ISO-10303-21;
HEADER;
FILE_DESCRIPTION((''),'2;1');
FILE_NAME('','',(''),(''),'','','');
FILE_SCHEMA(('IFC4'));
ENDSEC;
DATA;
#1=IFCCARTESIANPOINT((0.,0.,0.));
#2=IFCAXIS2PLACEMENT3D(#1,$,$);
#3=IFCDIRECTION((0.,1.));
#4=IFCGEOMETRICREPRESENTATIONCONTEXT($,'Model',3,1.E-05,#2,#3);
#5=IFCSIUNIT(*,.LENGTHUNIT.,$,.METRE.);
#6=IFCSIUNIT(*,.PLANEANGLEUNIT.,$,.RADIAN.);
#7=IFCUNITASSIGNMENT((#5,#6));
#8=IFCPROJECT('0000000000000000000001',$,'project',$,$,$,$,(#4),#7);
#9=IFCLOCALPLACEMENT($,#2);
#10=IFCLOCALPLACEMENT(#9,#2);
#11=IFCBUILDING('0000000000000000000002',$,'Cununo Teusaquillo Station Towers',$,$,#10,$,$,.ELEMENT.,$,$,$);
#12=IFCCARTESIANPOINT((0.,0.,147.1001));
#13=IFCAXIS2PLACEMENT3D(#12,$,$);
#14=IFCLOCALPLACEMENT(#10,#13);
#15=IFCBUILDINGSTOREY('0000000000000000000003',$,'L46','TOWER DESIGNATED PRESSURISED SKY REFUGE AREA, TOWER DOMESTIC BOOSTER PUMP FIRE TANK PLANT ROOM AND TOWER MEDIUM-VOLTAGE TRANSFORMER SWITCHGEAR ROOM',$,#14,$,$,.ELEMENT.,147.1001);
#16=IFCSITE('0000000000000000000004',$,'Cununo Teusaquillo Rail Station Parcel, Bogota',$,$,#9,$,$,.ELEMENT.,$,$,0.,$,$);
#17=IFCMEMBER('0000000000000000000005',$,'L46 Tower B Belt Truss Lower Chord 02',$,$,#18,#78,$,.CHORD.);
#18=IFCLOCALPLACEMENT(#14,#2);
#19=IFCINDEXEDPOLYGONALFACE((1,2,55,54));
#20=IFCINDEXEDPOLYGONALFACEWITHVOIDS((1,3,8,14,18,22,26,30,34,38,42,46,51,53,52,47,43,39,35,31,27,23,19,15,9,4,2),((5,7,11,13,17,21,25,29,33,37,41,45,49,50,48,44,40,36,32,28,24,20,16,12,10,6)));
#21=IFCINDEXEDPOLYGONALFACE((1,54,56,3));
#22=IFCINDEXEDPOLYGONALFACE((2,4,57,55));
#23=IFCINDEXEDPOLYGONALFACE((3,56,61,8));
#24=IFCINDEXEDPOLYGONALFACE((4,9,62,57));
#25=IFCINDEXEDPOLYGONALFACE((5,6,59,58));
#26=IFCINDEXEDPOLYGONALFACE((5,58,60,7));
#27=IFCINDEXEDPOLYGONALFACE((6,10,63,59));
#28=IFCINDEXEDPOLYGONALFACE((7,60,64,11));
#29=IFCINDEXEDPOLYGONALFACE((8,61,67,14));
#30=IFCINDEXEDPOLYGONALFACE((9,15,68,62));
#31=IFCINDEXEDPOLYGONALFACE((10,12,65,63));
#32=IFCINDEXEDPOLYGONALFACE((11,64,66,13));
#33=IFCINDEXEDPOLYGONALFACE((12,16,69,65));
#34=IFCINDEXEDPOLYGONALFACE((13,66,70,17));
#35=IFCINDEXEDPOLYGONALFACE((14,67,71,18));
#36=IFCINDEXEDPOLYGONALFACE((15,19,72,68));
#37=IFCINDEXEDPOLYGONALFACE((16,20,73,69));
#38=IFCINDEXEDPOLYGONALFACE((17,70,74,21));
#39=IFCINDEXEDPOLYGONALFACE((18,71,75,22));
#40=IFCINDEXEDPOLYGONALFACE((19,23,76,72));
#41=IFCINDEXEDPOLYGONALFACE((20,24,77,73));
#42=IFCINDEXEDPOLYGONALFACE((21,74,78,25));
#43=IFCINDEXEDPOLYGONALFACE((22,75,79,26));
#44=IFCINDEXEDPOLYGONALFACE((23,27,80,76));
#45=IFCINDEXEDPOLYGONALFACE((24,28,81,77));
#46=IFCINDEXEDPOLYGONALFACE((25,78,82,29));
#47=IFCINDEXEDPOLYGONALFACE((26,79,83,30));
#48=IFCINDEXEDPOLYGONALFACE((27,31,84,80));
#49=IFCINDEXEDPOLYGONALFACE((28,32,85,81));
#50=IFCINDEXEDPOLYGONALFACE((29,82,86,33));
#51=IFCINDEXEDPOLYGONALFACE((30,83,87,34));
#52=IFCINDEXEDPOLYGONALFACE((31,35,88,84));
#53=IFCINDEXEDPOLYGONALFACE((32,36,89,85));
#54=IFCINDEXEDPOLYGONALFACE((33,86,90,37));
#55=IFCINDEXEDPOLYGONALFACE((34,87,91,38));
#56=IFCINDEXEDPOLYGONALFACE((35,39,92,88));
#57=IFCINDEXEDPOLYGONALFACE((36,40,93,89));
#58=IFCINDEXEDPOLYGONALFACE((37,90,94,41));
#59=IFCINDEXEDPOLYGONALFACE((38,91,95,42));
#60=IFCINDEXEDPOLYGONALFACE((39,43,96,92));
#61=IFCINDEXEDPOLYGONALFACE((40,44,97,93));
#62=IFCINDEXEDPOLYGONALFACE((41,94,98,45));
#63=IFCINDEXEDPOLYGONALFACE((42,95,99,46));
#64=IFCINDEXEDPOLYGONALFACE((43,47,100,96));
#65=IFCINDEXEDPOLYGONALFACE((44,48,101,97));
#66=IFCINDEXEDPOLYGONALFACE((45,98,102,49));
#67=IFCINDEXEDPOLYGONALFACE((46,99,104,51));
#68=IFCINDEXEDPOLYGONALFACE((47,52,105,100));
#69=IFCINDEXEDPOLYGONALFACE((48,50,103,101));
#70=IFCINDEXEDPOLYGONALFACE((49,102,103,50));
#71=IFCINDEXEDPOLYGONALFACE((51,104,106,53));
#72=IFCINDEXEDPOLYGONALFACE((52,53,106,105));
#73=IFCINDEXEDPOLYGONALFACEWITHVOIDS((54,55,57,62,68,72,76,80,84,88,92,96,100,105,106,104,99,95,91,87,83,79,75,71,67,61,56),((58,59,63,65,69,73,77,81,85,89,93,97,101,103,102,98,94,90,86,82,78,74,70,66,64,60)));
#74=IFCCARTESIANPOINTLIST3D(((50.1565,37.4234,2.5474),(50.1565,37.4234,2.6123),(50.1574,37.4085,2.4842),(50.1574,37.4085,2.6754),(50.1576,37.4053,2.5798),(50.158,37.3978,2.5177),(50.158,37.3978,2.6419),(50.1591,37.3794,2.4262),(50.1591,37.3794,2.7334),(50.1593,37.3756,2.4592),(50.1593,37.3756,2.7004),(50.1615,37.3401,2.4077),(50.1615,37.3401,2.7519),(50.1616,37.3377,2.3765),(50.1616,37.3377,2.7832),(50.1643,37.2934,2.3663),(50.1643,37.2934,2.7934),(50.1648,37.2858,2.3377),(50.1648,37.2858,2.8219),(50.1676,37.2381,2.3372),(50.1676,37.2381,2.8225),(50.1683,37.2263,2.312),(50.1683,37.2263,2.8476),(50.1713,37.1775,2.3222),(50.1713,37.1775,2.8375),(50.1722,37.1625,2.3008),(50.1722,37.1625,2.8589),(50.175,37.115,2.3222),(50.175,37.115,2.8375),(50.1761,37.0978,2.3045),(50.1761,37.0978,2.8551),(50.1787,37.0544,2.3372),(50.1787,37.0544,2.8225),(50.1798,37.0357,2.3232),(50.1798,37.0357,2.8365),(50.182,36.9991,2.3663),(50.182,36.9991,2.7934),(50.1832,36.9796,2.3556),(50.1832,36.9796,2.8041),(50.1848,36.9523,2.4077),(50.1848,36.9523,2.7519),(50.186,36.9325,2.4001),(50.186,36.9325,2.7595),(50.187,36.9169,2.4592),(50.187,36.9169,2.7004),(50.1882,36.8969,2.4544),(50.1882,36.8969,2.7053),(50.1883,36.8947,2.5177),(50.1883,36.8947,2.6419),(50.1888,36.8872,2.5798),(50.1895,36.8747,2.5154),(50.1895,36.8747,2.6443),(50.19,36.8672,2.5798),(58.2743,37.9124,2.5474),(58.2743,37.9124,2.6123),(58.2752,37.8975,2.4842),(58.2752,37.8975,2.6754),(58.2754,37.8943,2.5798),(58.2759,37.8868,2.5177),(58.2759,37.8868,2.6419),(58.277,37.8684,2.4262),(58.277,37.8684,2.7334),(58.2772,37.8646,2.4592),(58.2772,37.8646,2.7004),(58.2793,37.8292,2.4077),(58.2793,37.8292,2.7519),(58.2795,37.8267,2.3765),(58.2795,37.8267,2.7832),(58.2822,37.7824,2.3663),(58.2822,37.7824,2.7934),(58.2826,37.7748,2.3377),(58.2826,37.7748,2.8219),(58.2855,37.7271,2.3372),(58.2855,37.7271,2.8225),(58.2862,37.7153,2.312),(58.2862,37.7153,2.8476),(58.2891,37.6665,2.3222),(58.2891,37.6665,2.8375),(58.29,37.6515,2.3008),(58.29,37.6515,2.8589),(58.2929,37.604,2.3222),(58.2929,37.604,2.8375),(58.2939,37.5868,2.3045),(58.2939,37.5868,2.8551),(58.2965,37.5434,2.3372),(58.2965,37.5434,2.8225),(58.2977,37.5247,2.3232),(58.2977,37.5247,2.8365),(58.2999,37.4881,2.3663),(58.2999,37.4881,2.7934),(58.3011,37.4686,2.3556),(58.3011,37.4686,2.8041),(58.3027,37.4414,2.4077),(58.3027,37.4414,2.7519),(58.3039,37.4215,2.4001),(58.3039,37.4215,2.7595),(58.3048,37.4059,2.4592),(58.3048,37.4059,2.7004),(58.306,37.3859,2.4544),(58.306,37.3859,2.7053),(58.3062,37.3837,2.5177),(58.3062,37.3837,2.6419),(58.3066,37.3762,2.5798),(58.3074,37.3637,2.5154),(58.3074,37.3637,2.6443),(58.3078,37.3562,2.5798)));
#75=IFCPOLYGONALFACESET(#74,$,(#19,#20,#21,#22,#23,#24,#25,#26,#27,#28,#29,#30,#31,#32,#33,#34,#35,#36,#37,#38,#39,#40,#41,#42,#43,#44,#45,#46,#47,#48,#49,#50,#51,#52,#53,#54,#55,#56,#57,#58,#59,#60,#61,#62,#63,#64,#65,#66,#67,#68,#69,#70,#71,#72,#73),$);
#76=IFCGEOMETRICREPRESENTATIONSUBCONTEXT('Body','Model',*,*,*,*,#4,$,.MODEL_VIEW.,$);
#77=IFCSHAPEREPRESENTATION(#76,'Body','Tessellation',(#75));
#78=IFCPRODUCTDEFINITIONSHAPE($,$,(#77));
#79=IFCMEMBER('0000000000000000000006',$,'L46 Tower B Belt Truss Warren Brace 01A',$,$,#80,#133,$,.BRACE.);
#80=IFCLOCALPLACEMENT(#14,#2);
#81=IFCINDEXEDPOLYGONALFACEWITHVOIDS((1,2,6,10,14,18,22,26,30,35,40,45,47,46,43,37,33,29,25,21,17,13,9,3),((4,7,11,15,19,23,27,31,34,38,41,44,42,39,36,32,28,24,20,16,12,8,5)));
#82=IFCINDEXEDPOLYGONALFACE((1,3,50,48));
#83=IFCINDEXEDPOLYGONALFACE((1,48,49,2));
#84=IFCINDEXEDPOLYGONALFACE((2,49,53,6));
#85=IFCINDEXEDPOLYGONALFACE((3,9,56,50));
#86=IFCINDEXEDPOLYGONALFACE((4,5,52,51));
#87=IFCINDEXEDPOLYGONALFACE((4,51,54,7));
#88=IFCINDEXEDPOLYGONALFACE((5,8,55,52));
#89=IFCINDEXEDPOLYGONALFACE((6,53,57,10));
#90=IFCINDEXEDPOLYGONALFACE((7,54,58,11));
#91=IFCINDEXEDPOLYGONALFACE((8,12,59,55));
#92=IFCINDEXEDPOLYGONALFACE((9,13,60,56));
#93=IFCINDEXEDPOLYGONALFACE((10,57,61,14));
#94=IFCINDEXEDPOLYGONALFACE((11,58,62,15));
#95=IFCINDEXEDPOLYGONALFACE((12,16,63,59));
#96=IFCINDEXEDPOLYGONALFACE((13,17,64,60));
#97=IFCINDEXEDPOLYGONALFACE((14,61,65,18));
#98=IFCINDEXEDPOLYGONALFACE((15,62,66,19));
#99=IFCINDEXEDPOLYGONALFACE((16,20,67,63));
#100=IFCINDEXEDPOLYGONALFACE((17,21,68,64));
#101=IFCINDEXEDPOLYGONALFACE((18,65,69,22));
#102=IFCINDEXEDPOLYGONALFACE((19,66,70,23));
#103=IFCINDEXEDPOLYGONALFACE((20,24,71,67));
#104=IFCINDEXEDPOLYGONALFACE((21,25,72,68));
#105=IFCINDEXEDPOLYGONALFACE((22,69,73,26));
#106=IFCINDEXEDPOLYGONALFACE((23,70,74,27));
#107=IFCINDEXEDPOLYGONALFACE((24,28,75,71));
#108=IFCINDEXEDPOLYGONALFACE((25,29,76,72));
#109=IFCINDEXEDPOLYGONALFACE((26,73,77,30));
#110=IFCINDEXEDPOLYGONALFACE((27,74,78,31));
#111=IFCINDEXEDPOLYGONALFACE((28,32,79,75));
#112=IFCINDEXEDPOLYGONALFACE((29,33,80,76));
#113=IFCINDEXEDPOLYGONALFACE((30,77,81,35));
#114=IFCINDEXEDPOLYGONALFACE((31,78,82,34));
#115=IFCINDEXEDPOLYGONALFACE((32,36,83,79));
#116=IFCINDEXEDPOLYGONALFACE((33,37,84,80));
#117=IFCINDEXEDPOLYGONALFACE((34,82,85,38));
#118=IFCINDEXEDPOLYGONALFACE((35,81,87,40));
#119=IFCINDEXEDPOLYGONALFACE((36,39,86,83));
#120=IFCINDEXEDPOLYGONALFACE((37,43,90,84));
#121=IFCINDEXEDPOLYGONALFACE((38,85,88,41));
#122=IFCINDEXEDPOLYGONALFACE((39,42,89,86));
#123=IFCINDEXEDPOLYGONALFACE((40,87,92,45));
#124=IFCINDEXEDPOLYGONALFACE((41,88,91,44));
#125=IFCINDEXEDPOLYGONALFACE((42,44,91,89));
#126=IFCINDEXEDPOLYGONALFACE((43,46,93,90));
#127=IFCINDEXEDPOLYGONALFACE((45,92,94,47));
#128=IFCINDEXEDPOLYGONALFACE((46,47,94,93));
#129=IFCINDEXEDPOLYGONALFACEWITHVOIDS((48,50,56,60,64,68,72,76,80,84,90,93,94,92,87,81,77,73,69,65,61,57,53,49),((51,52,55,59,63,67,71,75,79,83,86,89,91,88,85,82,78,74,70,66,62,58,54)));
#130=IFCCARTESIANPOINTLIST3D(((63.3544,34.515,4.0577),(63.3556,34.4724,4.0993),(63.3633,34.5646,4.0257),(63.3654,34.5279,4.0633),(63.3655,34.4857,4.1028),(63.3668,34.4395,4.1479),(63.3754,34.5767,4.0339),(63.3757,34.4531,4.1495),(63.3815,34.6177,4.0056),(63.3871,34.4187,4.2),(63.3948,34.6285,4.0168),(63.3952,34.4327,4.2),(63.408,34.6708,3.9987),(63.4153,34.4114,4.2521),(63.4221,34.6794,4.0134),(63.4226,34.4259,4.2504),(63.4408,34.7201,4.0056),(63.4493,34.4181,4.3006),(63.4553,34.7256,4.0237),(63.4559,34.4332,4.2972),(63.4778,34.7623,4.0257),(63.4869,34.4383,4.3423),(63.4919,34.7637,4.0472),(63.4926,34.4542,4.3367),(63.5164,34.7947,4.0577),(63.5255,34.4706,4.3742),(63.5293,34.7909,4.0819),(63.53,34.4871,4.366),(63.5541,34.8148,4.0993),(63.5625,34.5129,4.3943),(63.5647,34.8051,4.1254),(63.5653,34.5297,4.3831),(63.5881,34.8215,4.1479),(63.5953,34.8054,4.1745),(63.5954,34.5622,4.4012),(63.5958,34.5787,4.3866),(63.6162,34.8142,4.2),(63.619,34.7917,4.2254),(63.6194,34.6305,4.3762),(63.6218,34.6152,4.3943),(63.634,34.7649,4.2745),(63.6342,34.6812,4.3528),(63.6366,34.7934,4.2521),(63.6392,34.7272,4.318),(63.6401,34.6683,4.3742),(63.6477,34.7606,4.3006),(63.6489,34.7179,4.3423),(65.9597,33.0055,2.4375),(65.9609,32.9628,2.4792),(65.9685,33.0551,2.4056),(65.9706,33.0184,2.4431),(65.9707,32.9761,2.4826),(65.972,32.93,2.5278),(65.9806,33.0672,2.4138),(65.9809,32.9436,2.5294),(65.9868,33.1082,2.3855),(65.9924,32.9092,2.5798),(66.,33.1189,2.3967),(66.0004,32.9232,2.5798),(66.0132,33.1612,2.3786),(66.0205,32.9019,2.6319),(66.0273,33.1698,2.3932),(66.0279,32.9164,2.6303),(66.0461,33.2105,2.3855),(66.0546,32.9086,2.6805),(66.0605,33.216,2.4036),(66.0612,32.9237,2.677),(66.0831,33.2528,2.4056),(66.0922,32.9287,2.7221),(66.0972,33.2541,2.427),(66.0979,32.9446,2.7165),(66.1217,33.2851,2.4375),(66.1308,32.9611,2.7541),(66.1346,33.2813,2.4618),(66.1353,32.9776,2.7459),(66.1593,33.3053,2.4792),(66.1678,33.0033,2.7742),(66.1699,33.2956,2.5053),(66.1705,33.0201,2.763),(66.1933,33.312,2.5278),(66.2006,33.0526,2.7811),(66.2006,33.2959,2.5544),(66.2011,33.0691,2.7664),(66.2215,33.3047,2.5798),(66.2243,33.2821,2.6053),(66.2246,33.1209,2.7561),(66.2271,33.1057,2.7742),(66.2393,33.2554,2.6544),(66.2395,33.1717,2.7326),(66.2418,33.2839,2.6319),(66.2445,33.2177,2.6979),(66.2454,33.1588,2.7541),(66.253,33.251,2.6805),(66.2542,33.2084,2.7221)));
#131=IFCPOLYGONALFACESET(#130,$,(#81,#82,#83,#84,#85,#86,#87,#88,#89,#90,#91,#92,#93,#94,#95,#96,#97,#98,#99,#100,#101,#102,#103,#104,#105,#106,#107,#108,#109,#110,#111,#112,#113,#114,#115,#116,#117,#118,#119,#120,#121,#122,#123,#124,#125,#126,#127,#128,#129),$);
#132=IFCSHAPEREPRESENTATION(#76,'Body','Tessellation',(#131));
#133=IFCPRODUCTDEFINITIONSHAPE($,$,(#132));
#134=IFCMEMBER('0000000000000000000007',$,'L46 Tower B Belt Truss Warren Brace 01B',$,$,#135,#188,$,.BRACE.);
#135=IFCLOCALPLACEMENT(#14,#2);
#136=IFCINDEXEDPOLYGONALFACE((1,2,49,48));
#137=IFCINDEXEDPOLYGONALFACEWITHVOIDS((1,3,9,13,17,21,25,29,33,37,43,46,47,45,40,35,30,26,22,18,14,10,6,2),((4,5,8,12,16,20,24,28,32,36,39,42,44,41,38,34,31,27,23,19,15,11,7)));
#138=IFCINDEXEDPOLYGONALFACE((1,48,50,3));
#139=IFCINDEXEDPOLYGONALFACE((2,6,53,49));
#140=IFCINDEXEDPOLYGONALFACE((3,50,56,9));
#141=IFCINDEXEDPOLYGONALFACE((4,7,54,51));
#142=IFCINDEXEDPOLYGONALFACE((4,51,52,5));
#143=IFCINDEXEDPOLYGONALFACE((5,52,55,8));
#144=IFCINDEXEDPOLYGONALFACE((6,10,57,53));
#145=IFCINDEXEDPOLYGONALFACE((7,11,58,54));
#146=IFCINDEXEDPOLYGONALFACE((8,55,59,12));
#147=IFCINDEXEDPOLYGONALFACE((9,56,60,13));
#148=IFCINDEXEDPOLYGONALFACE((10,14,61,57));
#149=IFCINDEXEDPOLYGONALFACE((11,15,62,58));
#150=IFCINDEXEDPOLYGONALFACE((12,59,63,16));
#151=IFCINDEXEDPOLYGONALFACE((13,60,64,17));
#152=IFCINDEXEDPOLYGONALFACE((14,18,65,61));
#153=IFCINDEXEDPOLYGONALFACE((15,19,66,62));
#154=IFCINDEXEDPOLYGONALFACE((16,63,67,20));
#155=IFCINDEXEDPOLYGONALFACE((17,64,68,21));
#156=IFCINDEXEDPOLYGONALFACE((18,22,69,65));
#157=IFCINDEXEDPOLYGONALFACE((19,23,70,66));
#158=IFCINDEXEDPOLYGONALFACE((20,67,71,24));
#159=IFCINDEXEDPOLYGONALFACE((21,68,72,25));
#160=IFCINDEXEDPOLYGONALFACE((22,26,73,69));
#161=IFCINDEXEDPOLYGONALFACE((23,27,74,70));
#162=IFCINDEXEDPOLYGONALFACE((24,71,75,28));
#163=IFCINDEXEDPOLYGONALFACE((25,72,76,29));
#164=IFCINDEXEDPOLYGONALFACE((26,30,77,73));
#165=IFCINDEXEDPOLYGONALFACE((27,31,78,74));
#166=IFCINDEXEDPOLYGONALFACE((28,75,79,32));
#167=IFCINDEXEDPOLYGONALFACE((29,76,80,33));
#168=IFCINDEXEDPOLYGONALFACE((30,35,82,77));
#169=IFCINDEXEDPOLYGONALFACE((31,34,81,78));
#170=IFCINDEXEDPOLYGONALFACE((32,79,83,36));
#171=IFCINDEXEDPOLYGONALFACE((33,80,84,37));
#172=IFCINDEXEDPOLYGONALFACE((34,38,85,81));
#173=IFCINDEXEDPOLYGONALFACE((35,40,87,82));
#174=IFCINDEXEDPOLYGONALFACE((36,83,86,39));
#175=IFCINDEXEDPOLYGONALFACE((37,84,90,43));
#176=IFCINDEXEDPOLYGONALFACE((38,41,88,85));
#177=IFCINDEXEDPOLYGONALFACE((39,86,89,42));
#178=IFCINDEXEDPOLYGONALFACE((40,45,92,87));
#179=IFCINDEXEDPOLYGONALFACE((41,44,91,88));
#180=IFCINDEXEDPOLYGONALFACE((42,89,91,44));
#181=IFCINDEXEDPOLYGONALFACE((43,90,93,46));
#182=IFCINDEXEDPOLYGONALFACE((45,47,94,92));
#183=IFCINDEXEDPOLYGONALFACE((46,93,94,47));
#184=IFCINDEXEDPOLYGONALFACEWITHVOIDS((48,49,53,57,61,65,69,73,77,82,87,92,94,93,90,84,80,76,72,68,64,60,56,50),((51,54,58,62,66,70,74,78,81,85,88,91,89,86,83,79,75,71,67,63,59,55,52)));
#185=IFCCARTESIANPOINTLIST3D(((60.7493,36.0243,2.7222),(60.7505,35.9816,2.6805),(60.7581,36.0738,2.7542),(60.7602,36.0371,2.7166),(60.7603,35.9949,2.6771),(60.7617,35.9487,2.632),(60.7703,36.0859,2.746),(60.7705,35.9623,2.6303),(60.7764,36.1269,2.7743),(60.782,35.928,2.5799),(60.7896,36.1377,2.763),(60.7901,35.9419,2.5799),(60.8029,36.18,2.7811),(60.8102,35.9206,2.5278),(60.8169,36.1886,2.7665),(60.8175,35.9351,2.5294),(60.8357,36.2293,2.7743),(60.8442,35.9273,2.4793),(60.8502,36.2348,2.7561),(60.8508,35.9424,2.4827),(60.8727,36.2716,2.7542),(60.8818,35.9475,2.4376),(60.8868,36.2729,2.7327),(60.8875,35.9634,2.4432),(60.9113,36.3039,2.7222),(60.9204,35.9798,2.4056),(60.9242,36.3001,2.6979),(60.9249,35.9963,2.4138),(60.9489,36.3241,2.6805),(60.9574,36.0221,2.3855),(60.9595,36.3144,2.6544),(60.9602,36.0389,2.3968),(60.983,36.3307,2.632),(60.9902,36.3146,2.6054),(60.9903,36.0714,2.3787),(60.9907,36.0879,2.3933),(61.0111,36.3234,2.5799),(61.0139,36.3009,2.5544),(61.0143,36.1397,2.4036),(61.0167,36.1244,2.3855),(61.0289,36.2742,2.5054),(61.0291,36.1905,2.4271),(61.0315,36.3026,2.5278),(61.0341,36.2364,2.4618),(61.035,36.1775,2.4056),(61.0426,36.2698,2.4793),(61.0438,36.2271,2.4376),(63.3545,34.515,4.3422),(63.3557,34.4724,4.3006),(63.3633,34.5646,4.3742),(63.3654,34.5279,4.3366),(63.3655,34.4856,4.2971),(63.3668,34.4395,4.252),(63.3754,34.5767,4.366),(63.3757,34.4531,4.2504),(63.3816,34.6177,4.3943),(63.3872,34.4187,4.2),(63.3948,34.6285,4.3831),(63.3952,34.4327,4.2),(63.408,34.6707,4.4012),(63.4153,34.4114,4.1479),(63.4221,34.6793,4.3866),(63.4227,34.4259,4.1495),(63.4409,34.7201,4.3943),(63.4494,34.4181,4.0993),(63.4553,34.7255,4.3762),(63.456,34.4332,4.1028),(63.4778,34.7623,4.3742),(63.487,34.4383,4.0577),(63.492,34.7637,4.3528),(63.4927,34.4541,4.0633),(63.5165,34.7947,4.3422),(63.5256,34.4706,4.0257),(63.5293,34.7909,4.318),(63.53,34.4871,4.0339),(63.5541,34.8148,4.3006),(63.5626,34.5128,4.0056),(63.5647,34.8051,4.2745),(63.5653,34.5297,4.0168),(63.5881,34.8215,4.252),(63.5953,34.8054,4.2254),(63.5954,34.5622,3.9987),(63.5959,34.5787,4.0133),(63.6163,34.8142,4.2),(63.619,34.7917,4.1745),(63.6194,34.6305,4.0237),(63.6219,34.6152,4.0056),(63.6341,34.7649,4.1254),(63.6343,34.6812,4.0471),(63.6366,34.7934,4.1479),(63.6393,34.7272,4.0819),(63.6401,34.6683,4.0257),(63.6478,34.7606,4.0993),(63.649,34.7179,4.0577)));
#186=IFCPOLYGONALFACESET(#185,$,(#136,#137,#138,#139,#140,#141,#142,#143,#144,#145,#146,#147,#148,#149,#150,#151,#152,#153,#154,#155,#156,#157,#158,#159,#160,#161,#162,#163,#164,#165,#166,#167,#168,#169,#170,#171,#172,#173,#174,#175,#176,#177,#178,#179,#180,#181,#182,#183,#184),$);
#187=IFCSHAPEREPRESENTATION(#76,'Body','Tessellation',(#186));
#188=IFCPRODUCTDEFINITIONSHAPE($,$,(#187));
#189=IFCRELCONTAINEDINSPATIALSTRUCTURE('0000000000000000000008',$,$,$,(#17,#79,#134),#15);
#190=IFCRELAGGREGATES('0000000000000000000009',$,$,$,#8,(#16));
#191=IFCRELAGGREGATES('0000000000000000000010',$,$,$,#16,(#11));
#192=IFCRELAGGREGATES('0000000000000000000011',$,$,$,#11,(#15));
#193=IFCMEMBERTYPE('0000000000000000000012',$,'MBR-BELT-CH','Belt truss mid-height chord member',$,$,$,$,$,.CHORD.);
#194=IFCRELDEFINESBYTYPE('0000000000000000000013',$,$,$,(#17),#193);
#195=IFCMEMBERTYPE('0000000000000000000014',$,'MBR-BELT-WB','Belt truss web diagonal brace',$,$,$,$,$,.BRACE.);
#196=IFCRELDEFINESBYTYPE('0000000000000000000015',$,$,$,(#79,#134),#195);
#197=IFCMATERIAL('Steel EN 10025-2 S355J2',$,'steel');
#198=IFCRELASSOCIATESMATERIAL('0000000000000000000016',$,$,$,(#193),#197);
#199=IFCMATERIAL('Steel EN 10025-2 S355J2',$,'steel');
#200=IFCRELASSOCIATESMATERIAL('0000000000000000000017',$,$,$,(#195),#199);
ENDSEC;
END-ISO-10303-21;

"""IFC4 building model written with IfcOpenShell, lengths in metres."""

from ifc_helpers import new_model, si_unit, direction, frame, origin, origin_2d, place, context, subcontext, project, spatial, hollow_circle, extrude, material, material_profile, profile_set, type_object, element, save


model = new_model("IFC4")

# Units and contexts
model_context = context("Model", 3, precision=1e-05, world=origin(), true_north=direction((0.0, 1.0)))
body_context = subcontext(model_context, "Body", "Model", "MODEL_VIEW")
ifc_project = project(units=[si_unit("LENGTHUNIT", "METRE"), si_unit("PLANEANGLEUNIT", "RADIAN")], contexts=[model_context])

# Site, building, storey
site_placement = place(None, origin())
site = spatial("IfcSite", under=ifc_project, at=site_placement, Name="Cununo Teusaquillo Rail Station Parcel, Bogota", CompositionType="ELEMENT", RefElevation=0.0)
building_placement = place(site_placement, origin())
building = spatial("IfcBuilding", under=site, at=building_placement, Name="Cununo Teusaquillo Station Towers", CompositionType="ELEMENT")
storey_placement = place(building_placement, frame((0.0, 0.0, 147.1001)))
storey = spatial("IfcBuildingStorey", under=building, at=storey_placement, Name="L46", Description="TOWER DESIGNATED PRESSURISED SKY REFUGE AREA, TOWER DOMESTIC BOOSTER PUMP FIRE TANK PLANT ROOM AND TOWER MEDIUM-VOLTAGE TRANSFORMER SWITCHGEAR ROOM", CompositionType="ELEMENT", Elevation=147.1001)

# Members
ifc_material_1 = material(Name="Steel EN 10025-2 S355J2", Category="steel")
ifc_material_profile_1 = material_profile(ifc_material_1, hollow_circle(Radius=0.2795, WallThickness=0.02, at=origin_2d()), Name="CHS 559x20")
ifc_profile_set_1 = profile_set([ifc_material_profile_1], Name="Steel EN 10025-2 S355J2")
member_type_1 = type_object("IfcMemberType", Name="MBR-BELT-CH", Description="Belt truss mid-height chord member", PredefinedType="CHORD", material=ifc_profile_set_1)
member_1_placement = place(storey_placement, frame((58.291, 37.6353, 2.5798), z_axis=(-0.998191, -0.06013, 0.0), x_axis=(0.06013, -0.998191, 0.0)))
element("IfcMember", 1, at=member_1_placement, inside=storey, type_object=member_type_1, Name="L46 Tower B Belt Truss Lower Chord 02", PredefinedType="CHORD", context=body_context, shape_type="SweptSolid", body=[
    extrude(hollow_circle(Radius=0.2795, WallThickness=0.02, at=origin_2d()), origin(), (0.0, 0.0, 1.0), 8.1326),
])
ifc_material_2 = material(Name="Steel EN 10025-2 S355J2", Category="steel")
ifc_material_profile_2 = material_profile(ifc_material_2, hollow_circle(Radius=0.2285, WallThickness=0.0161, at=origin_2d()), Name="CHS 457x16")
ifc_profile_set_2 = profile_set([ifc_material_profile_2], Name="Steel EN 10025-2 S355J2")
member_type_2 = type_object("IfcMemberType", Name="MBR-BELT-WB", Description="Belt truss web diagonal brace", PredefinedType="BRACE", material=ifc_profile_set_2)
member_2_placement = place(storey_placement, frame((66.1069, 33.1069, 2.5798), z_axis=(-0.76195, 0.441489, 0.473835), x_axis=(-0.501343, -0.865249, 0.0)))
element("IfcMember", 2, at=member_2_placement, inside=storey, type_object=member_type_2, Name="L46 Tower B Belt Truss Warren Brace 01A", PredefinedType="BRACE", context=body_context, shape_type="SweptSolid", body=[
    extrude(hollow_circle(Radius=0.2285, WallThickness=0.0161, at=origin_2d()), origin(), (0.0, 0.0, 1.0), 3.4192),
])
member_3_placement = place(storey_placement, frame((63.5017, 34.6165, 4.2), z_axis=(-0.761974, 0.441432, -0.47385), x_axis=(-0.501282, -0.865284, 0.0)))
element("IfcMember", 3, at=member_3_placement, inside=storey, type_object=member_type_2, Name="L46 Tower B Belt Truss Warren Brace 01B", PredefinedType="BRACE", context=body_context, shape_type="SweptSolid", body=[
    extrude(hollow_circle(Radius=0.2285, WallThickness=0.0161, at=origin_2d()), origin(), (0.0, 0.0, 1.0), 3.4189),
])

save(model, "model.ifc")
